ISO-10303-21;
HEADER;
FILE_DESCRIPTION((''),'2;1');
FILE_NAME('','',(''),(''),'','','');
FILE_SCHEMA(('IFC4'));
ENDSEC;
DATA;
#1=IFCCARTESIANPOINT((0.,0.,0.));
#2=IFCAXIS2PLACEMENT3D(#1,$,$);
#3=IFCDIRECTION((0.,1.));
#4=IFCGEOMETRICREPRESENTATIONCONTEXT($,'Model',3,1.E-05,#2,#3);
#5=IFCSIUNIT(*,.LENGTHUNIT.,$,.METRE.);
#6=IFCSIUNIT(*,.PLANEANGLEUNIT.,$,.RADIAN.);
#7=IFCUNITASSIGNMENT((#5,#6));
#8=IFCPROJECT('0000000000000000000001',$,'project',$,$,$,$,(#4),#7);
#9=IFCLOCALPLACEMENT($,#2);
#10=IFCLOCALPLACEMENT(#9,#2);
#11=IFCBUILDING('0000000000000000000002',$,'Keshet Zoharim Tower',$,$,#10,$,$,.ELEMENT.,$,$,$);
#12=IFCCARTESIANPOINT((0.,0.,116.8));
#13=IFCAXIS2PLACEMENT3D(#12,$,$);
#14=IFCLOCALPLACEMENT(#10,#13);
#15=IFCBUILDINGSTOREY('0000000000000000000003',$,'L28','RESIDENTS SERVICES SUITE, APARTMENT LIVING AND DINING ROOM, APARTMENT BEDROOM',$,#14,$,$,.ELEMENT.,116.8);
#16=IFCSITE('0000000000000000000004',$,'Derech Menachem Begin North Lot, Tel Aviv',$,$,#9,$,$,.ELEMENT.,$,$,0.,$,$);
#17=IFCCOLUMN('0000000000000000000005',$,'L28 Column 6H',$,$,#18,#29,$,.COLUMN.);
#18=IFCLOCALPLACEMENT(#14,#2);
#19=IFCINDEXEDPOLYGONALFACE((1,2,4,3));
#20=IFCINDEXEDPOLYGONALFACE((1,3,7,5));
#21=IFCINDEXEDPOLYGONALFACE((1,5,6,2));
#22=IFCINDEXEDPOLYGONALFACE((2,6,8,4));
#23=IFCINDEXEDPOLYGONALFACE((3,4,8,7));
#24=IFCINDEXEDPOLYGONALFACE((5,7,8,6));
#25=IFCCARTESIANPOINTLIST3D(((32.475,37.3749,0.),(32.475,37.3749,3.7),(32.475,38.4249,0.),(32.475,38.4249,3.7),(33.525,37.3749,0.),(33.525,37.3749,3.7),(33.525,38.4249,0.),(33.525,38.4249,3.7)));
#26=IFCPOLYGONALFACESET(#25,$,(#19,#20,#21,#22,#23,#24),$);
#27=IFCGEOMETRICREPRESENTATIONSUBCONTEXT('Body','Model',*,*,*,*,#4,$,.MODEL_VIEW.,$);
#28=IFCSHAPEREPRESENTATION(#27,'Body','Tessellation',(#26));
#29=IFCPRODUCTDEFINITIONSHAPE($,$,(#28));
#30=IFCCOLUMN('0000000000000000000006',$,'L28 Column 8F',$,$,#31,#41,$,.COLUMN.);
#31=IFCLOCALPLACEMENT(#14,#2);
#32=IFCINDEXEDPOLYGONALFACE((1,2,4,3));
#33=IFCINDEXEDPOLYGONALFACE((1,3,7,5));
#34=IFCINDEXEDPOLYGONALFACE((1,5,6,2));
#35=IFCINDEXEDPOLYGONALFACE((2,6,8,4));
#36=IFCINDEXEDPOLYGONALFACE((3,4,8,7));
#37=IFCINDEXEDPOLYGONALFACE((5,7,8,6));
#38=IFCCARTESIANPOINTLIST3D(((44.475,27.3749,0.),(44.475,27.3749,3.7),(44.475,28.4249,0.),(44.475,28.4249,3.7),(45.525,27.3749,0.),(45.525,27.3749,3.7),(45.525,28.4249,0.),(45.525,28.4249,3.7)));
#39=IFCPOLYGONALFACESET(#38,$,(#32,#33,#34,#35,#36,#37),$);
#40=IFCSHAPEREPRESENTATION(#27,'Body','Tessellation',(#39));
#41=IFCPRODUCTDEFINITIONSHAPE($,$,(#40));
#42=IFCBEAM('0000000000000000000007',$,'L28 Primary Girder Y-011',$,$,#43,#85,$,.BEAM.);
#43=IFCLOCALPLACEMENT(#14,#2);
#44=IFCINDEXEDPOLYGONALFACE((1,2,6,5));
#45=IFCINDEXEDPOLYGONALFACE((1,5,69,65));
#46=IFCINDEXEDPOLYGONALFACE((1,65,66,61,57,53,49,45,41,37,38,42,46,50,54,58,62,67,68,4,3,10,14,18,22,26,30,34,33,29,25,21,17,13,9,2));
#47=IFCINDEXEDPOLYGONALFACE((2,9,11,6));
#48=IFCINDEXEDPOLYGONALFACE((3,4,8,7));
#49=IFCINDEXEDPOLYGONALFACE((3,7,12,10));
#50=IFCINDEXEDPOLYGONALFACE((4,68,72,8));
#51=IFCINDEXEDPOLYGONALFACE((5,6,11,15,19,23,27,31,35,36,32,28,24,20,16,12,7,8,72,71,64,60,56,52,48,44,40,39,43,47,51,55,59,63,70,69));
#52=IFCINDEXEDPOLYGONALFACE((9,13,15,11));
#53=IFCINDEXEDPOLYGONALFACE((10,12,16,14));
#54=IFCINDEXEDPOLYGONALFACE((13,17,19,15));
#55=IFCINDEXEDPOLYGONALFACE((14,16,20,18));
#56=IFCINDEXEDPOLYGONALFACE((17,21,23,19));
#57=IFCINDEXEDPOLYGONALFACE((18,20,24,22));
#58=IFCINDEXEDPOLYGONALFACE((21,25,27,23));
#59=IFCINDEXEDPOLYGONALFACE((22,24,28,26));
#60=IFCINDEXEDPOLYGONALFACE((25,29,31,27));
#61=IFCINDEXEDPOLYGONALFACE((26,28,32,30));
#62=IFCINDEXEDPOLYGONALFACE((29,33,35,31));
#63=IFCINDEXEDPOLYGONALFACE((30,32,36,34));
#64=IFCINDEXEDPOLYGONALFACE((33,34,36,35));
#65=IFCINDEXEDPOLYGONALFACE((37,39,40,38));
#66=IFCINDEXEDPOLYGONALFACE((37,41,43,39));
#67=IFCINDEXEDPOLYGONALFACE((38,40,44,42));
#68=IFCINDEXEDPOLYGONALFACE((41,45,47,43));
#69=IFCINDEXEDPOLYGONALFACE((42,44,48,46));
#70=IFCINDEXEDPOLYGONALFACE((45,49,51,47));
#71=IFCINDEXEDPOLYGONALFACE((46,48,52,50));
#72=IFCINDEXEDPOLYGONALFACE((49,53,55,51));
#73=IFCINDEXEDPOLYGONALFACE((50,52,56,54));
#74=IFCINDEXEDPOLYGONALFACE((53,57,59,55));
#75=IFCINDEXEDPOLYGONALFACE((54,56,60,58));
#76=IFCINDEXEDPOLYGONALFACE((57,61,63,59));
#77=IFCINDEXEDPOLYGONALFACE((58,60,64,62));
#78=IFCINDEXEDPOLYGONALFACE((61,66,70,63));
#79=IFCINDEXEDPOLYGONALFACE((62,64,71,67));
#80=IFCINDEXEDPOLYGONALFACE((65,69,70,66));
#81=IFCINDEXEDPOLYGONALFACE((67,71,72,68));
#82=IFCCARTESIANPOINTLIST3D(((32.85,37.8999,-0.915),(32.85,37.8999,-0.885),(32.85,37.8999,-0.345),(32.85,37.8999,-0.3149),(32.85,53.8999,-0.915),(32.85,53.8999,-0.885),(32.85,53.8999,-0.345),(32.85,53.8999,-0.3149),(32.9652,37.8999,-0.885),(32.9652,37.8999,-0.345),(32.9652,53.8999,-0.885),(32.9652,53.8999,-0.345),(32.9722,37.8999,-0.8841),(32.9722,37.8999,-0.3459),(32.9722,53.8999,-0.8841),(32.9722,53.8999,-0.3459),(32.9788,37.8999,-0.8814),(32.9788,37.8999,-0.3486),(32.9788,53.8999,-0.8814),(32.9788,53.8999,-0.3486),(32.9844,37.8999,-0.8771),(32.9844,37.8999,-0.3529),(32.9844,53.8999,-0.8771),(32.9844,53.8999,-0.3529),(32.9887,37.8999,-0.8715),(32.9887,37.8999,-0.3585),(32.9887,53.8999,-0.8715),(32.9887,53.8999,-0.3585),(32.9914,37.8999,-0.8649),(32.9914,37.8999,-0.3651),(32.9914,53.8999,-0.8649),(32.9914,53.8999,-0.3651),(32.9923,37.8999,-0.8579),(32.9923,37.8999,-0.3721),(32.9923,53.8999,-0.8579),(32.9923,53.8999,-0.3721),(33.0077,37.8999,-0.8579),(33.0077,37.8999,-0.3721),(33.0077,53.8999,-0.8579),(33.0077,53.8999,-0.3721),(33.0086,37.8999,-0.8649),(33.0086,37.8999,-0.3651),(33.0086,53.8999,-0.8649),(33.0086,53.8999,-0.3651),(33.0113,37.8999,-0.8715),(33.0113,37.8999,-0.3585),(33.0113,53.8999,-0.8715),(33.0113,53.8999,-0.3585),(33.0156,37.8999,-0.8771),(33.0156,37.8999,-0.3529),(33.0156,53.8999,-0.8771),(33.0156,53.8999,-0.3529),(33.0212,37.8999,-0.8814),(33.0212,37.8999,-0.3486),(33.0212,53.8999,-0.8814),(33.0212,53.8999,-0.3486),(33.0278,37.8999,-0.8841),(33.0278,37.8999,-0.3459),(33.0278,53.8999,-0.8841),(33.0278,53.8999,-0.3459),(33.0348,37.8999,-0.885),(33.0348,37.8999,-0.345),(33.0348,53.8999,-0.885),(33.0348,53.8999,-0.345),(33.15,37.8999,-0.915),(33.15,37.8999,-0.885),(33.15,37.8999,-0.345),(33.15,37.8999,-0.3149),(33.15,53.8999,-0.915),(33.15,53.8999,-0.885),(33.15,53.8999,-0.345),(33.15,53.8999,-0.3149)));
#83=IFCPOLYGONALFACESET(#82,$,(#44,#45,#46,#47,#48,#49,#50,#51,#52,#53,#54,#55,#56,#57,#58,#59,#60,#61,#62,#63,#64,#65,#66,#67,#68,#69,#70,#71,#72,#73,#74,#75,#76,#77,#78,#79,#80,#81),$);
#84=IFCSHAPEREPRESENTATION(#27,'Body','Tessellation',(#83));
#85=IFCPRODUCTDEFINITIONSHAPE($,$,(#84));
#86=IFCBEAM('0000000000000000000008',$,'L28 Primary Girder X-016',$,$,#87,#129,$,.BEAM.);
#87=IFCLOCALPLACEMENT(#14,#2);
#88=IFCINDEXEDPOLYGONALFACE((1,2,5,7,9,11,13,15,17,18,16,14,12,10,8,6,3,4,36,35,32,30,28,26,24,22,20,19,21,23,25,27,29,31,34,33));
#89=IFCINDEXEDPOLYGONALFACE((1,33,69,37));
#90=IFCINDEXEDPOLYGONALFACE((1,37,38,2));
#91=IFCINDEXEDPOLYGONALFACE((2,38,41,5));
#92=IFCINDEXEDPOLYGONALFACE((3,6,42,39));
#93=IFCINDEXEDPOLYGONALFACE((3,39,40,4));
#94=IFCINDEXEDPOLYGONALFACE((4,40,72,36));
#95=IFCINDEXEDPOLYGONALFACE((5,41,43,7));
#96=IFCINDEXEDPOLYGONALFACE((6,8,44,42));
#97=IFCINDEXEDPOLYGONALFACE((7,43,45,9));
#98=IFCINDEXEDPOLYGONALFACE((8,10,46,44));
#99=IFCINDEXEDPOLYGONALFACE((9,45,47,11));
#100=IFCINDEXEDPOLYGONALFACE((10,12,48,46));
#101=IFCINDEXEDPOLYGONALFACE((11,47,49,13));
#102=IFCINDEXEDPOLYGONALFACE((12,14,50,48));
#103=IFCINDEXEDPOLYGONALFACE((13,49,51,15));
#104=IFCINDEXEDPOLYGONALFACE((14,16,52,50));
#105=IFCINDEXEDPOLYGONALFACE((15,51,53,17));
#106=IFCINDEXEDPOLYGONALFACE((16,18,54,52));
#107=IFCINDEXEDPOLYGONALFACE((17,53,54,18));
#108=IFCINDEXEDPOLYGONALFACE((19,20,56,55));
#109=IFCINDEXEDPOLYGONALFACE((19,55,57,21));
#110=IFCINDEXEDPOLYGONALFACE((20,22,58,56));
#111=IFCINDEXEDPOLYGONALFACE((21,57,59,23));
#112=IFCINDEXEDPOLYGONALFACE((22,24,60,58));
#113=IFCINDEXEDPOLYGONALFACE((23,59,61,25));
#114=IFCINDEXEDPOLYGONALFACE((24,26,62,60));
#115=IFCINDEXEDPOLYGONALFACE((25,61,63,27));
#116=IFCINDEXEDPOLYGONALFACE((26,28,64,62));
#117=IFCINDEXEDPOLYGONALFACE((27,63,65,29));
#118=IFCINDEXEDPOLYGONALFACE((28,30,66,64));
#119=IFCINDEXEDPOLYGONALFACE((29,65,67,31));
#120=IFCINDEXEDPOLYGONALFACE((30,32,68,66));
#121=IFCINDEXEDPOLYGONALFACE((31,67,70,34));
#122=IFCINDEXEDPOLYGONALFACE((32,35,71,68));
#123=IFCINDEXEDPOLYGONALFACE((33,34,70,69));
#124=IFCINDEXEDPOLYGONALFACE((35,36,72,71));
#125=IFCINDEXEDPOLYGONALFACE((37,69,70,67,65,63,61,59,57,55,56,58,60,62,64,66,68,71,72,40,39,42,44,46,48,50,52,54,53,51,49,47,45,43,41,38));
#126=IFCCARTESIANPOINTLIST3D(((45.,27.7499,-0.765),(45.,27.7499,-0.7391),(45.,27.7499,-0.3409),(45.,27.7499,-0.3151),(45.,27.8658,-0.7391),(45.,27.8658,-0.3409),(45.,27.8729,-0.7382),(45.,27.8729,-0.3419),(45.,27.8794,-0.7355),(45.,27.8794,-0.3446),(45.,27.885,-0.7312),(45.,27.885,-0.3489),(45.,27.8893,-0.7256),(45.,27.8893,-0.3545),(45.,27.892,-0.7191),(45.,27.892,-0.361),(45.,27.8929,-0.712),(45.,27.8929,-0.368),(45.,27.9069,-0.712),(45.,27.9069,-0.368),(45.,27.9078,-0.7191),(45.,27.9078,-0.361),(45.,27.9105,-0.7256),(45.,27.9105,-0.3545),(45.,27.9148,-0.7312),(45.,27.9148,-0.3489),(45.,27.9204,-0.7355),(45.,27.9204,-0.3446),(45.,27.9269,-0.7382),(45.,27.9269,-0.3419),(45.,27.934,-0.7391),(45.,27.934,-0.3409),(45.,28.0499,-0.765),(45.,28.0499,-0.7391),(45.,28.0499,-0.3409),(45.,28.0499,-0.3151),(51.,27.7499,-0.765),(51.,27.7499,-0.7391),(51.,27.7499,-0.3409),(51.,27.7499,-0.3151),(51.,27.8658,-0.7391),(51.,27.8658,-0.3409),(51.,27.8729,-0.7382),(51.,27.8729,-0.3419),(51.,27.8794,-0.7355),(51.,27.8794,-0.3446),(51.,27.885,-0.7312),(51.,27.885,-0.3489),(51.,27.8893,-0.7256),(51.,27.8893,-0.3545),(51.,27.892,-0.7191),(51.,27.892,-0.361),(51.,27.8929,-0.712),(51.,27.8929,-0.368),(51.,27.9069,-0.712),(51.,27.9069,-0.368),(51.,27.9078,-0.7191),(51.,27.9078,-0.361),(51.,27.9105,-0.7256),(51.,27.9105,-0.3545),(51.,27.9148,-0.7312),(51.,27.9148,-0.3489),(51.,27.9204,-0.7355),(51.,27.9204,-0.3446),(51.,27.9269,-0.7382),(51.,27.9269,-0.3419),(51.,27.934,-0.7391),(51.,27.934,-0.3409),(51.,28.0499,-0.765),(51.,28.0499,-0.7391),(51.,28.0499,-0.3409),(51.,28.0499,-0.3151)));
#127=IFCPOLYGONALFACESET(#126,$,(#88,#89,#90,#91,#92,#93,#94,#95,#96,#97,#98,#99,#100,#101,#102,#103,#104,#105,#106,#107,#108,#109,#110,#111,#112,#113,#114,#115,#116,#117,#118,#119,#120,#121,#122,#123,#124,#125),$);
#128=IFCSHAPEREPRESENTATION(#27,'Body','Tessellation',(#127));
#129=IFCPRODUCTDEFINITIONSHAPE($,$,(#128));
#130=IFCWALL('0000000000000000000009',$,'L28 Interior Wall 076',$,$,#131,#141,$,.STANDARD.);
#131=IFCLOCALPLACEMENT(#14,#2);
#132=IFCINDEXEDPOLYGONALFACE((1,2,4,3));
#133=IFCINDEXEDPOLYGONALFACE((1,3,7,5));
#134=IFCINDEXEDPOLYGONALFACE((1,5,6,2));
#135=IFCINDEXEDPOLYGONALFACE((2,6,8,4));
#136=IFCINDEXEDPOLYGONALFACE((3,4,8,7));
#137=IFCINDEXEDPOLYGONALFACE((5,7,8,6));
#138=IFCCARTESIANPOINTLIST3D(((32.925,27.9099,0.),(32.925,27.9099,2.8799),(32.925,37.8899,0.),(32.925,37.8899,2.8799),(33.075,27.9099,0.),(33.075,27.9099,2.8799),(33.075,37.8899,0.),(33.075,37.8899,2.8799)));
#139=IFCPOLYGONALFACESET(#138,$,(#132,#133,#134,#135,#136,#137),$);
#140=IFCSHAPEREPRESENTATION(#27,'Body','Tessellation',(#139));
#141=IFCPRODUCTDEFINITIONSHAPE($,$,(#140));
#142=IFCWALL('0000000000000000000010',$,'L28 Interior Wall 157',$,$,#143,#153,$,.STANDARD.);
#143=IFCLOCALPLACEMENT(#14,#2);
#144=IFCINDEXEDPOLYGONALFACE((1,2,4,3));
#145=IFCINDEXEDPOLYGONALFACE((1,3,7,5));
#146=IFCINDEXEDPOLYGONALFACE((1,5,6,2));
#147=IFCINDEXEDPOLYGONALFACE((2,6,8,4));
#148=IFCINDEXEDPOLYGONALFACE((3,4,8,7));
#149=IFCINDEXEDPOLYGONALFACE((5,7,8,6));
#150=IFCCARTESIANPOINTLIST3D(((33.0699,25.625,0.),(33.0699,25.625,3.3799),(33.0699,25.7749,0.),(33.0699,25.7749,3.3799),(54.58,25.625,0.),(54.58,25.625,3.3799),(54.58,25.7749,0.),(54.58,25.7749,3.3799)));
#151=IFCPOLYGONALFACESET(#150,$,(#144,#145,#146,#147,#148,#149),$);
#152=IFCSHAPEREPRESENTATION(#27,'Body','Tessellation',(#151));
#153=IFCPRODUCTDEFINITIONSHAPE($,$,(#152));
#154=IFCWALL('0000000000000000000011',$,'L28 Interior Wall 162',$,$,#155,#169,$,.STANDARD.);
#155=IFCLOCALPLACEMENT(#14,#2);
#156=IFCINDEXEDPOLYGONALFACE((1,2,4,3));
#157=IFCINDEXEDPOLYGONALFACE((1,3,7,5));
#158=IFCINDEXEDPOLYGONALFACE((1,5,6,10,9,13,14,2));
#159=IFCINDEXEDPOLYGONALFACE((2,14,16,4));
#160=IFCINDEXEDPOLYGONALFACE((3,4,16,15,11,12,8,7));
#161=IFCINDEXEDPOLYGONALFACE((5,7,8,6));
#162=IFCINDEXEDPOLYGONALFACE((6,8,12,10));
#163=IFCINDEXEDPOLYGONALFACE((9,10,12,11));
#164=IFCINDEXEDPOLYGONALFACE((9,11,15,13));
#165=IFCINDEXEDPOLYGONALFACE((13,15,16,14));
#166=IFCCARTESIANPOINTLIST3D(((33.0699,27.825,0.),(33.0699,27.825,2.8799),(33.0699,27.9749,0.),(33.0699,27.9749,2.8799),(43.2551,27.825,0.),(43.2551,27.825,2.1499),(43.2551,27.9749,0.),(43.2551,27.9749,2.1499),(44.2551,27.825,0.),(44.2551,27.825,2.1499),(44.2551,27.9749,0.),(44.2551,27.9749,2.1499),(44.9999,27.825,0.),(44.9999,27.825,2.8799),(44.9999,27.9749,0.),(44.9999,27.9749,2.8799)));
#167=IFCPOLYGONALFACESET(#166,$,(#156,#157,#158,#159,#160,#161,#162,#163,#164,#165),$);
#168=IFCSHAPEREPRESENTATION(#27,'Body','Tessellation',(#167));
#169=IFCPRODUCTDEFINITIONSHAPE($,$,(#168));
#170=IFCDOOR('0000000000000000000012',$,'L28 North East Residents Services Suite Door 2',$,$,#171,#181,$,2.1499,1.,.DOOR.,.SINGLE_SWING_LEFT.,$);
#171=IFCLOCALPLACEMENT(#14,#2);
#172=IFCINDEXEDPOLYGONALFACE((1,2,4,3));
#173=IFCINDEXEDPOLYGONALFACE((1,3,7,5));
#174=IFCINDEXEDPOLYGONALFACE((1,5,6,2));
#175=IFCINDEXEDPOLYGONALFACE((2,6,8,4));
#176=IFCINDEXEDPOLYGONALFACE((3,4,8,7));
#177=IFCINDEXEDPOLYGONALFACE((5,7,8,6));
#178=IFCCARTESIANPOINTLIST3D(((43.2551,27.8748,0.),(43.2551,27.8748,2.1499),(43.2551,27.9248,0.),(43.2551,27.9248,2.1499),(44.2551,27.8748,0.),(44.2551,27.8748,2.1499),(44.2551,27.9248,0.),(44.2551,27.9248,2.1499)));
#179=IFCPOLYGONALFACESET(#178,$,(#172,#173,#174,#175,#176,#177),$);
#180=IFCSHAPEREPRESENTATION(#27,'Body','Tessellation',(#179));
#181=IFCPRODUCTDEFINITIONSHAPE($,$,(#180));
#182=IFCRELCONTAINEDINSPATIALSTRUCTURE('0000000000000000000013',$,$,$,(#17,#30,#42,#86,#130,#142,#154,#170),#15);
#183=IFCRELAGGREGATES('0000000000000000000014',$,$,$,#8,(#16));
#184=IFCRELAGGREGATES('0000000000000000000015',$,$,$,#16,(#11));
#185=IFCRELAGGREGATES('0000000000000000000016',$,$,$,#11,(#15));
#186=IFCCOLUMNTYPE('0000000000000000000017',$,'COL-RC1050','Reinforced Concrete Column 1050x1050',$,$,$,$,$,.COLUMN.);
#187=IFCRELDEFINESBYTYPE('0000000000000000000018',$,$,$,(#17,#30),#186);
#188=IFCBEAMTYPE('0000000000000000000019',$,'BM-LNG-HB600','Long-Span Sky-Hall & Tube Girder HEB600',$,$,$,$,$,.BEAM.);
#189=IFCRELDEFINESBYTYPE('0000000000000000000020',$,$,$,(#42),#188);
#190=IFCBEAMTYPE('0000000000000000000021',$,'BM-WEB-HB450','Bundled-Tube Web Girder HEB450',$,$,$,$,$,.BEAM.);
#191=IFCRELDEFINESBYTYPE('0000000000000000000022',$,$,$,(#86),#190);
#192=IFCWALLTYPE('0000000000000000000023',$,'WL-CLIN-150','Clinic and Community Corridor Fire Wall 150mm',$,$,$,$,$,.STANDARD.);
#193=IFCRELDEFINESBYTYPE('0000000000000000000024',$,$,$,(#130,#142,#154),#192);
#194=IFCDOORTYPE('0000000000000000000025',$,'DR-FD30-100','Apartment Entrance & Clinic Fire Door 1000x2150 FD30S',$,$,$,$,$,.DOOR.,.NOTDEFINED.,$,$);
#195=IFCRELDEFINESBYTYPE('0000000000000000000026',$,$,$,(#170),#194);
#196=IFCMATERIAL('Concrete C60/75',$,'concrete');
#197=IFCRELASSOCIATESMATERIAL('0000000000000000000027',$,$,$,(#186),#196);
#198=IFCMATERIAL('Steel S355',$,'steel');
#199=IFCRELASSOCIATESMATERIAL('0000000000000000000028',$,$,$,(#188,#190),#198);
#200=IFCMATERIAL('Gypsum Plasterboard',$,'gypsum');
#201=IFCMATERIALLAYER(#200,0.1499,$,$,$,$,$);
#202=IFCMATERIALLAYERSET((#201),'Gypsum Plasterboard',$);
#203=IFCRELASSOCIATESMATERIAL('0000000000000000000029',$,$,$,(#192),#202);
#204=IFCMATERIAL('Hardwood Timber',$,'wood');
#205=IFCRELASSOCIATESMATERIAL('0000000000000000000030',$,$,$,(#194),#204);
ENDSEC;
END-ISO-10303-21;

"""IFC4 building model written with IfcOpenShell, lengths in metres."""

from ifc_helpers import new_model, si_unit, direction, frame, frame_2d, origin, origin_2d, place, context, subcontext, project, spatial, rectangle, i_section, extrude, material, layer, layer_set, material_profile, profile_set, type_object, element, fill, save


model = new_model("IFC4")

# Units and contexts
model_context = context("Model", 3, precision=1e-05, world=origin(), true_north=direction((0.0, 1.0)))
body_context = subcontext(model_context, "Body", "Model", "MODEL_VIEW")
ifc_project = project(units=[si_unit("LENGTHUNIT", "METRE"), si_unit("PLANEANGLEUNIT", "RADIAN")], contexts=[model_context])

# Site, building, storey
site_placement = place(None, origin())
site = spatial("IfcSite", under=ifc_project, at=site_placement, Name="Derech Menachem Begin North Lot, Tel Aviv", CompositionType="ELEMENT", RefElevation=0.0)
building_placement = place(site_placement, origin())
building = spatial("IfcBuilding", under=site, at=building_placement, Name="Keshet Zoharim Tower", CompositionType="ELEMENT")
storey_placement = place(building_placement, frame((0.0, 0.0, 116.8)))
storey = spatial("IfcBuildingStorey", under=building, at=storey_placement, Name="L28", Description="RESIDENTS SERVICES SUITE, APARTMENT LIVING AND DINING ROOM, APARTMENT BEDROOM", CompositionType="ELEMENT", Elevation=116.8)

# Columns
ifc_material_1 = material(Name="Concrete C60/75", Category="concrete")
ifc_material_profile_1 = material_profile(ifc_material_1, rectangle(XDim=1.05, YDim=1.05, at=origin_2d()), Name="RC1050x1050")
ifc_profile_set_1 = profile_set([ifc_material_profile_1], Name="Concrete C60/75")
column_type = type_object("IfcColumnType", Name="COL-RC1050", Description="Reinforced Concrete Column 1050x1050", PredefinedType="COLUMN", material=ifc_profile_set_1)
for number, where, z_axis, x_axis, name in (
    (1, (33.0, 37.8999, 0.0), (0.0, 0.0, 1.0), (1.0, 0.0, 0.0), "L28 Column 6H"),
    (2, (45.0, 27.8999, 0.0), (0.0, 0.0, 1.0), (1.0, 0.0, 0.0), "L28 Column 8F"),
):
    element("IfcColumn", number, at=place(storey_placement, frame(where, z_axis=z_axis, x_axis=x_axis)), inside=storey, type_object=column_type, Name=name, PredefinedType="COLUMN", context=body_context, shape_type="SweptSolid", body=[
        extrude(rectangle(XDim=1.05, YDim=1.05, at=origin_2d()), origin(), (0.0, 0.0, 1.0), 3.7),
    ])

# Beams
ifc_material_2 = material(Name="Steel S355", Category="steel")
ifc_material_profile_2 = material_profile(ifc_material_2, i_section(OverallWidth=0.3, OverallDepth=0.6001, WebThickness=0.0154, FlangeThickness=0.03, FilletRadius=0.0271, at=origin_2d()), Name="HEB600")
ifc_profile_set_2 = profile_set([ifc_material_profile_2], Name="Steel S355")
beam_type_1 = type_object("IfcBeamType", Name="BM-LNG-HB600", Description="Long-Span Sky-Hall & Tube Girder HEB600", PredefinedType="BEAM", material=ifc_profile_set_2)
beam_1_placement = place(storey_placement, frame((33.0, 37.8999, -0.615), z_axis=(0.0, 1.0, 0.0), x_axis=(-1.0, 0.0, 0.0)))
element("IfcBeam", 3, at=beam_1_placement, inside=storey, type_object=beam_type_1, Name="L28 Primary Girder Y-011", PredefinedType="BEAM", context=body_context, shape_type="SweptSolid", body=[
    extrude(i_section(OverallWidth=0.3, OverallDepth=0.6001, WebThickness=0.0154, FlangeThickness=0.03, FilletRadius=0.0271, at=origin_2d()), origin(), (0.0, 0.0, 1.0), 16.0),
])
ifc_material_profile_3 = material_profile(ifc_material_2, i_section(OverallWidth=0.3, OverallDepth=0.45, WebThickness=0.0139, FlangeThickness=0.0259, FilletRadius=0.0271, at=origin_2d()), Name="HEB450")
ifc_profile_set_3 = profile_set([ifc_material_profile_3], Name="Steel S355")
beam_type_2 = type_object("IfcBeamType", Name="BM-WEB-HB450", Description="Bundled-Tube Web Girder HEB450", PredefinedType="BEAM", material=ifc_profile_set_3)
beam_2_placement = place(storey_placement, frame((45.0, 27.8999, -0.54), z_axis=(1.0, 0.0, 0.0), x_axis=(0.0, 1.0, 0.0)))
element("IfcBeam", 4, at=beam_2_placement, inside=storey, type_object=beam_type_2, Name="L28 Primary Girder X-016", PredefinedType="BEAM", context=body_context, shape_type="SweptSolid", body=[
    extrude(i_section(OverallWidth=0.3, OverallDepth=0.45, WebThickness=0.0139, FlangeThickness=0.0259, FilletRadius=0.0271, at=origin_2d()), origin(), (0.0, 0.0, 1.0), 6.0),
])

# Walls
ifc_material_3 = material(Name="Gypsum Plasterboard", Category="gypsum")
ifc_layer_1 = layer(ifc_material_3, 0.1499)
ifc_layer_set_1 = layer_set([ifc_layer_1], Name="Gypsum Plasterboard")
wall_type_1 = type_object("IfcWallType", Name="WL-CLIN-150", Description="Clinic and Community Corridor Fire Wall 150mm", PredefinedType="STANDARD", material=ifc_layer_set_1)
wall_1_placement = place(storey_placement, frame((33.0, 27.9099, 0.0), z_axis=(0.0, 0.0, 1.0), x_axis=(0.0, 1.0, 0.0)))
element("IfcWall", 5, at=wall_1_placement, inside=storey, type_object=wall_type_1, Name="L28 Interior Wall 076", PredefinedType="STANDARD", context=body_context, shape_type="SweptSolid", body=[
    extrude(rectangle(XDim=9.98, YDim=0.1499, at=frame_2d((4.99, 0.0))), origin(), (0.0, 0.0, 1.0), 2.8799),
])
wall_2_placement = place(storey_placement, frame((33.0701, 25.7, 0.0), z_axis=(0.0, 0.0, 1.0), x_axis=(1.0, 0.0, 0.0)))
element("IfcWall", 6, at=wall_2_placement, inside=storey, type_object=wall_type_1, Name="L28 Interior Wall 157", PredefinedType="STANDARD", context=body_context, shape_type="SweptSolid", body=[
    extrude(rectangle(XDim=21.51, YDim=0.1499, at=frame_2d((10.7549, 0.0))), origin(), (0.0, 0.0, 1.0), 3.3799),
])

# Wall, opening, door
wall_3_placement = place(storey_placement, frame((33.0701, 27.8999, 0.0), z_axis=(0.0, 0.0, 1.0), x_axis=(1.0, 0.0, 0.0)))
wall_3 = element("IfcWall", 7, at=wall_3_placement, inside=storey, type_object=wall_type_1, Name="L28 Interior Wall 162", PredefinedType="STANDARD", context=body_context, shape_type="SweptSolid", body=[
    extrude(rectangle(XDim=11.9299, YDim=0.1499, at=frame_2d((5.9648, 0.0))), origin(), (0.0, 0.0, 1.0), 2.8799),
])
opening_1_placement = place(wall_3_placement, frame((10.1851, 0.0, 0.0)))
opening_1 = element("IfcOpeningElement", 8, at=opening_1_placement, cuts=wall_3, PredefinedType="OPENING", context=body_context, shape_type="SweptSolid", body=[
    extrude(rectangle(XDim=1.0, YDim=2.1499, at=frame_2d((0.5, 1.075))), frame((0.0, 0.085, 0.0), z_axis=(0.0, -1.0, 0.0), x_axis=(1.0, 0.0, 0.0)), (0.0, 0.0, 1.0), 0.1699),
])
ifc_material_4 = material(Name="Hardwood Timber", Category="wood")
door_type = type_object("IfcDoorType", Name="DR-FD30-100", Description="Apartment Entrance & Clinic Fire Door 1000x2150 FD30S", OperationType="NOTDEFINED", PredefinedType="DOOR", material=ifc_material_4)
door_1_placement = place(opening_1_placement, origin())
door_1 = element("IfcDoor", 9, at=door_1_placement, inside=storey, type_object=door_type, Name="L28 North East Residents Services Suite Door 2", OperationType="SINGLE_SWING_LEFT", OverallHeight=2.1499, OverallWidth=1.0, PredefinedType="DOOR", context=body_context, shape_type="SweptSolid", body=[
    extrude(rectangle(XDim=1.0, YDim=2.1499, at=frame_2d((0.5, 1.075))), frame((0.0, 0.0249, 0.0), z_axis=(0.0, -1.0, 0.0), x_axis=(1.0, 0.0, 0.0)), (0.0, 0.0, 1.0), 0.05),
])
fill(opening_1, door_1)

save(model, "model.ifc")
